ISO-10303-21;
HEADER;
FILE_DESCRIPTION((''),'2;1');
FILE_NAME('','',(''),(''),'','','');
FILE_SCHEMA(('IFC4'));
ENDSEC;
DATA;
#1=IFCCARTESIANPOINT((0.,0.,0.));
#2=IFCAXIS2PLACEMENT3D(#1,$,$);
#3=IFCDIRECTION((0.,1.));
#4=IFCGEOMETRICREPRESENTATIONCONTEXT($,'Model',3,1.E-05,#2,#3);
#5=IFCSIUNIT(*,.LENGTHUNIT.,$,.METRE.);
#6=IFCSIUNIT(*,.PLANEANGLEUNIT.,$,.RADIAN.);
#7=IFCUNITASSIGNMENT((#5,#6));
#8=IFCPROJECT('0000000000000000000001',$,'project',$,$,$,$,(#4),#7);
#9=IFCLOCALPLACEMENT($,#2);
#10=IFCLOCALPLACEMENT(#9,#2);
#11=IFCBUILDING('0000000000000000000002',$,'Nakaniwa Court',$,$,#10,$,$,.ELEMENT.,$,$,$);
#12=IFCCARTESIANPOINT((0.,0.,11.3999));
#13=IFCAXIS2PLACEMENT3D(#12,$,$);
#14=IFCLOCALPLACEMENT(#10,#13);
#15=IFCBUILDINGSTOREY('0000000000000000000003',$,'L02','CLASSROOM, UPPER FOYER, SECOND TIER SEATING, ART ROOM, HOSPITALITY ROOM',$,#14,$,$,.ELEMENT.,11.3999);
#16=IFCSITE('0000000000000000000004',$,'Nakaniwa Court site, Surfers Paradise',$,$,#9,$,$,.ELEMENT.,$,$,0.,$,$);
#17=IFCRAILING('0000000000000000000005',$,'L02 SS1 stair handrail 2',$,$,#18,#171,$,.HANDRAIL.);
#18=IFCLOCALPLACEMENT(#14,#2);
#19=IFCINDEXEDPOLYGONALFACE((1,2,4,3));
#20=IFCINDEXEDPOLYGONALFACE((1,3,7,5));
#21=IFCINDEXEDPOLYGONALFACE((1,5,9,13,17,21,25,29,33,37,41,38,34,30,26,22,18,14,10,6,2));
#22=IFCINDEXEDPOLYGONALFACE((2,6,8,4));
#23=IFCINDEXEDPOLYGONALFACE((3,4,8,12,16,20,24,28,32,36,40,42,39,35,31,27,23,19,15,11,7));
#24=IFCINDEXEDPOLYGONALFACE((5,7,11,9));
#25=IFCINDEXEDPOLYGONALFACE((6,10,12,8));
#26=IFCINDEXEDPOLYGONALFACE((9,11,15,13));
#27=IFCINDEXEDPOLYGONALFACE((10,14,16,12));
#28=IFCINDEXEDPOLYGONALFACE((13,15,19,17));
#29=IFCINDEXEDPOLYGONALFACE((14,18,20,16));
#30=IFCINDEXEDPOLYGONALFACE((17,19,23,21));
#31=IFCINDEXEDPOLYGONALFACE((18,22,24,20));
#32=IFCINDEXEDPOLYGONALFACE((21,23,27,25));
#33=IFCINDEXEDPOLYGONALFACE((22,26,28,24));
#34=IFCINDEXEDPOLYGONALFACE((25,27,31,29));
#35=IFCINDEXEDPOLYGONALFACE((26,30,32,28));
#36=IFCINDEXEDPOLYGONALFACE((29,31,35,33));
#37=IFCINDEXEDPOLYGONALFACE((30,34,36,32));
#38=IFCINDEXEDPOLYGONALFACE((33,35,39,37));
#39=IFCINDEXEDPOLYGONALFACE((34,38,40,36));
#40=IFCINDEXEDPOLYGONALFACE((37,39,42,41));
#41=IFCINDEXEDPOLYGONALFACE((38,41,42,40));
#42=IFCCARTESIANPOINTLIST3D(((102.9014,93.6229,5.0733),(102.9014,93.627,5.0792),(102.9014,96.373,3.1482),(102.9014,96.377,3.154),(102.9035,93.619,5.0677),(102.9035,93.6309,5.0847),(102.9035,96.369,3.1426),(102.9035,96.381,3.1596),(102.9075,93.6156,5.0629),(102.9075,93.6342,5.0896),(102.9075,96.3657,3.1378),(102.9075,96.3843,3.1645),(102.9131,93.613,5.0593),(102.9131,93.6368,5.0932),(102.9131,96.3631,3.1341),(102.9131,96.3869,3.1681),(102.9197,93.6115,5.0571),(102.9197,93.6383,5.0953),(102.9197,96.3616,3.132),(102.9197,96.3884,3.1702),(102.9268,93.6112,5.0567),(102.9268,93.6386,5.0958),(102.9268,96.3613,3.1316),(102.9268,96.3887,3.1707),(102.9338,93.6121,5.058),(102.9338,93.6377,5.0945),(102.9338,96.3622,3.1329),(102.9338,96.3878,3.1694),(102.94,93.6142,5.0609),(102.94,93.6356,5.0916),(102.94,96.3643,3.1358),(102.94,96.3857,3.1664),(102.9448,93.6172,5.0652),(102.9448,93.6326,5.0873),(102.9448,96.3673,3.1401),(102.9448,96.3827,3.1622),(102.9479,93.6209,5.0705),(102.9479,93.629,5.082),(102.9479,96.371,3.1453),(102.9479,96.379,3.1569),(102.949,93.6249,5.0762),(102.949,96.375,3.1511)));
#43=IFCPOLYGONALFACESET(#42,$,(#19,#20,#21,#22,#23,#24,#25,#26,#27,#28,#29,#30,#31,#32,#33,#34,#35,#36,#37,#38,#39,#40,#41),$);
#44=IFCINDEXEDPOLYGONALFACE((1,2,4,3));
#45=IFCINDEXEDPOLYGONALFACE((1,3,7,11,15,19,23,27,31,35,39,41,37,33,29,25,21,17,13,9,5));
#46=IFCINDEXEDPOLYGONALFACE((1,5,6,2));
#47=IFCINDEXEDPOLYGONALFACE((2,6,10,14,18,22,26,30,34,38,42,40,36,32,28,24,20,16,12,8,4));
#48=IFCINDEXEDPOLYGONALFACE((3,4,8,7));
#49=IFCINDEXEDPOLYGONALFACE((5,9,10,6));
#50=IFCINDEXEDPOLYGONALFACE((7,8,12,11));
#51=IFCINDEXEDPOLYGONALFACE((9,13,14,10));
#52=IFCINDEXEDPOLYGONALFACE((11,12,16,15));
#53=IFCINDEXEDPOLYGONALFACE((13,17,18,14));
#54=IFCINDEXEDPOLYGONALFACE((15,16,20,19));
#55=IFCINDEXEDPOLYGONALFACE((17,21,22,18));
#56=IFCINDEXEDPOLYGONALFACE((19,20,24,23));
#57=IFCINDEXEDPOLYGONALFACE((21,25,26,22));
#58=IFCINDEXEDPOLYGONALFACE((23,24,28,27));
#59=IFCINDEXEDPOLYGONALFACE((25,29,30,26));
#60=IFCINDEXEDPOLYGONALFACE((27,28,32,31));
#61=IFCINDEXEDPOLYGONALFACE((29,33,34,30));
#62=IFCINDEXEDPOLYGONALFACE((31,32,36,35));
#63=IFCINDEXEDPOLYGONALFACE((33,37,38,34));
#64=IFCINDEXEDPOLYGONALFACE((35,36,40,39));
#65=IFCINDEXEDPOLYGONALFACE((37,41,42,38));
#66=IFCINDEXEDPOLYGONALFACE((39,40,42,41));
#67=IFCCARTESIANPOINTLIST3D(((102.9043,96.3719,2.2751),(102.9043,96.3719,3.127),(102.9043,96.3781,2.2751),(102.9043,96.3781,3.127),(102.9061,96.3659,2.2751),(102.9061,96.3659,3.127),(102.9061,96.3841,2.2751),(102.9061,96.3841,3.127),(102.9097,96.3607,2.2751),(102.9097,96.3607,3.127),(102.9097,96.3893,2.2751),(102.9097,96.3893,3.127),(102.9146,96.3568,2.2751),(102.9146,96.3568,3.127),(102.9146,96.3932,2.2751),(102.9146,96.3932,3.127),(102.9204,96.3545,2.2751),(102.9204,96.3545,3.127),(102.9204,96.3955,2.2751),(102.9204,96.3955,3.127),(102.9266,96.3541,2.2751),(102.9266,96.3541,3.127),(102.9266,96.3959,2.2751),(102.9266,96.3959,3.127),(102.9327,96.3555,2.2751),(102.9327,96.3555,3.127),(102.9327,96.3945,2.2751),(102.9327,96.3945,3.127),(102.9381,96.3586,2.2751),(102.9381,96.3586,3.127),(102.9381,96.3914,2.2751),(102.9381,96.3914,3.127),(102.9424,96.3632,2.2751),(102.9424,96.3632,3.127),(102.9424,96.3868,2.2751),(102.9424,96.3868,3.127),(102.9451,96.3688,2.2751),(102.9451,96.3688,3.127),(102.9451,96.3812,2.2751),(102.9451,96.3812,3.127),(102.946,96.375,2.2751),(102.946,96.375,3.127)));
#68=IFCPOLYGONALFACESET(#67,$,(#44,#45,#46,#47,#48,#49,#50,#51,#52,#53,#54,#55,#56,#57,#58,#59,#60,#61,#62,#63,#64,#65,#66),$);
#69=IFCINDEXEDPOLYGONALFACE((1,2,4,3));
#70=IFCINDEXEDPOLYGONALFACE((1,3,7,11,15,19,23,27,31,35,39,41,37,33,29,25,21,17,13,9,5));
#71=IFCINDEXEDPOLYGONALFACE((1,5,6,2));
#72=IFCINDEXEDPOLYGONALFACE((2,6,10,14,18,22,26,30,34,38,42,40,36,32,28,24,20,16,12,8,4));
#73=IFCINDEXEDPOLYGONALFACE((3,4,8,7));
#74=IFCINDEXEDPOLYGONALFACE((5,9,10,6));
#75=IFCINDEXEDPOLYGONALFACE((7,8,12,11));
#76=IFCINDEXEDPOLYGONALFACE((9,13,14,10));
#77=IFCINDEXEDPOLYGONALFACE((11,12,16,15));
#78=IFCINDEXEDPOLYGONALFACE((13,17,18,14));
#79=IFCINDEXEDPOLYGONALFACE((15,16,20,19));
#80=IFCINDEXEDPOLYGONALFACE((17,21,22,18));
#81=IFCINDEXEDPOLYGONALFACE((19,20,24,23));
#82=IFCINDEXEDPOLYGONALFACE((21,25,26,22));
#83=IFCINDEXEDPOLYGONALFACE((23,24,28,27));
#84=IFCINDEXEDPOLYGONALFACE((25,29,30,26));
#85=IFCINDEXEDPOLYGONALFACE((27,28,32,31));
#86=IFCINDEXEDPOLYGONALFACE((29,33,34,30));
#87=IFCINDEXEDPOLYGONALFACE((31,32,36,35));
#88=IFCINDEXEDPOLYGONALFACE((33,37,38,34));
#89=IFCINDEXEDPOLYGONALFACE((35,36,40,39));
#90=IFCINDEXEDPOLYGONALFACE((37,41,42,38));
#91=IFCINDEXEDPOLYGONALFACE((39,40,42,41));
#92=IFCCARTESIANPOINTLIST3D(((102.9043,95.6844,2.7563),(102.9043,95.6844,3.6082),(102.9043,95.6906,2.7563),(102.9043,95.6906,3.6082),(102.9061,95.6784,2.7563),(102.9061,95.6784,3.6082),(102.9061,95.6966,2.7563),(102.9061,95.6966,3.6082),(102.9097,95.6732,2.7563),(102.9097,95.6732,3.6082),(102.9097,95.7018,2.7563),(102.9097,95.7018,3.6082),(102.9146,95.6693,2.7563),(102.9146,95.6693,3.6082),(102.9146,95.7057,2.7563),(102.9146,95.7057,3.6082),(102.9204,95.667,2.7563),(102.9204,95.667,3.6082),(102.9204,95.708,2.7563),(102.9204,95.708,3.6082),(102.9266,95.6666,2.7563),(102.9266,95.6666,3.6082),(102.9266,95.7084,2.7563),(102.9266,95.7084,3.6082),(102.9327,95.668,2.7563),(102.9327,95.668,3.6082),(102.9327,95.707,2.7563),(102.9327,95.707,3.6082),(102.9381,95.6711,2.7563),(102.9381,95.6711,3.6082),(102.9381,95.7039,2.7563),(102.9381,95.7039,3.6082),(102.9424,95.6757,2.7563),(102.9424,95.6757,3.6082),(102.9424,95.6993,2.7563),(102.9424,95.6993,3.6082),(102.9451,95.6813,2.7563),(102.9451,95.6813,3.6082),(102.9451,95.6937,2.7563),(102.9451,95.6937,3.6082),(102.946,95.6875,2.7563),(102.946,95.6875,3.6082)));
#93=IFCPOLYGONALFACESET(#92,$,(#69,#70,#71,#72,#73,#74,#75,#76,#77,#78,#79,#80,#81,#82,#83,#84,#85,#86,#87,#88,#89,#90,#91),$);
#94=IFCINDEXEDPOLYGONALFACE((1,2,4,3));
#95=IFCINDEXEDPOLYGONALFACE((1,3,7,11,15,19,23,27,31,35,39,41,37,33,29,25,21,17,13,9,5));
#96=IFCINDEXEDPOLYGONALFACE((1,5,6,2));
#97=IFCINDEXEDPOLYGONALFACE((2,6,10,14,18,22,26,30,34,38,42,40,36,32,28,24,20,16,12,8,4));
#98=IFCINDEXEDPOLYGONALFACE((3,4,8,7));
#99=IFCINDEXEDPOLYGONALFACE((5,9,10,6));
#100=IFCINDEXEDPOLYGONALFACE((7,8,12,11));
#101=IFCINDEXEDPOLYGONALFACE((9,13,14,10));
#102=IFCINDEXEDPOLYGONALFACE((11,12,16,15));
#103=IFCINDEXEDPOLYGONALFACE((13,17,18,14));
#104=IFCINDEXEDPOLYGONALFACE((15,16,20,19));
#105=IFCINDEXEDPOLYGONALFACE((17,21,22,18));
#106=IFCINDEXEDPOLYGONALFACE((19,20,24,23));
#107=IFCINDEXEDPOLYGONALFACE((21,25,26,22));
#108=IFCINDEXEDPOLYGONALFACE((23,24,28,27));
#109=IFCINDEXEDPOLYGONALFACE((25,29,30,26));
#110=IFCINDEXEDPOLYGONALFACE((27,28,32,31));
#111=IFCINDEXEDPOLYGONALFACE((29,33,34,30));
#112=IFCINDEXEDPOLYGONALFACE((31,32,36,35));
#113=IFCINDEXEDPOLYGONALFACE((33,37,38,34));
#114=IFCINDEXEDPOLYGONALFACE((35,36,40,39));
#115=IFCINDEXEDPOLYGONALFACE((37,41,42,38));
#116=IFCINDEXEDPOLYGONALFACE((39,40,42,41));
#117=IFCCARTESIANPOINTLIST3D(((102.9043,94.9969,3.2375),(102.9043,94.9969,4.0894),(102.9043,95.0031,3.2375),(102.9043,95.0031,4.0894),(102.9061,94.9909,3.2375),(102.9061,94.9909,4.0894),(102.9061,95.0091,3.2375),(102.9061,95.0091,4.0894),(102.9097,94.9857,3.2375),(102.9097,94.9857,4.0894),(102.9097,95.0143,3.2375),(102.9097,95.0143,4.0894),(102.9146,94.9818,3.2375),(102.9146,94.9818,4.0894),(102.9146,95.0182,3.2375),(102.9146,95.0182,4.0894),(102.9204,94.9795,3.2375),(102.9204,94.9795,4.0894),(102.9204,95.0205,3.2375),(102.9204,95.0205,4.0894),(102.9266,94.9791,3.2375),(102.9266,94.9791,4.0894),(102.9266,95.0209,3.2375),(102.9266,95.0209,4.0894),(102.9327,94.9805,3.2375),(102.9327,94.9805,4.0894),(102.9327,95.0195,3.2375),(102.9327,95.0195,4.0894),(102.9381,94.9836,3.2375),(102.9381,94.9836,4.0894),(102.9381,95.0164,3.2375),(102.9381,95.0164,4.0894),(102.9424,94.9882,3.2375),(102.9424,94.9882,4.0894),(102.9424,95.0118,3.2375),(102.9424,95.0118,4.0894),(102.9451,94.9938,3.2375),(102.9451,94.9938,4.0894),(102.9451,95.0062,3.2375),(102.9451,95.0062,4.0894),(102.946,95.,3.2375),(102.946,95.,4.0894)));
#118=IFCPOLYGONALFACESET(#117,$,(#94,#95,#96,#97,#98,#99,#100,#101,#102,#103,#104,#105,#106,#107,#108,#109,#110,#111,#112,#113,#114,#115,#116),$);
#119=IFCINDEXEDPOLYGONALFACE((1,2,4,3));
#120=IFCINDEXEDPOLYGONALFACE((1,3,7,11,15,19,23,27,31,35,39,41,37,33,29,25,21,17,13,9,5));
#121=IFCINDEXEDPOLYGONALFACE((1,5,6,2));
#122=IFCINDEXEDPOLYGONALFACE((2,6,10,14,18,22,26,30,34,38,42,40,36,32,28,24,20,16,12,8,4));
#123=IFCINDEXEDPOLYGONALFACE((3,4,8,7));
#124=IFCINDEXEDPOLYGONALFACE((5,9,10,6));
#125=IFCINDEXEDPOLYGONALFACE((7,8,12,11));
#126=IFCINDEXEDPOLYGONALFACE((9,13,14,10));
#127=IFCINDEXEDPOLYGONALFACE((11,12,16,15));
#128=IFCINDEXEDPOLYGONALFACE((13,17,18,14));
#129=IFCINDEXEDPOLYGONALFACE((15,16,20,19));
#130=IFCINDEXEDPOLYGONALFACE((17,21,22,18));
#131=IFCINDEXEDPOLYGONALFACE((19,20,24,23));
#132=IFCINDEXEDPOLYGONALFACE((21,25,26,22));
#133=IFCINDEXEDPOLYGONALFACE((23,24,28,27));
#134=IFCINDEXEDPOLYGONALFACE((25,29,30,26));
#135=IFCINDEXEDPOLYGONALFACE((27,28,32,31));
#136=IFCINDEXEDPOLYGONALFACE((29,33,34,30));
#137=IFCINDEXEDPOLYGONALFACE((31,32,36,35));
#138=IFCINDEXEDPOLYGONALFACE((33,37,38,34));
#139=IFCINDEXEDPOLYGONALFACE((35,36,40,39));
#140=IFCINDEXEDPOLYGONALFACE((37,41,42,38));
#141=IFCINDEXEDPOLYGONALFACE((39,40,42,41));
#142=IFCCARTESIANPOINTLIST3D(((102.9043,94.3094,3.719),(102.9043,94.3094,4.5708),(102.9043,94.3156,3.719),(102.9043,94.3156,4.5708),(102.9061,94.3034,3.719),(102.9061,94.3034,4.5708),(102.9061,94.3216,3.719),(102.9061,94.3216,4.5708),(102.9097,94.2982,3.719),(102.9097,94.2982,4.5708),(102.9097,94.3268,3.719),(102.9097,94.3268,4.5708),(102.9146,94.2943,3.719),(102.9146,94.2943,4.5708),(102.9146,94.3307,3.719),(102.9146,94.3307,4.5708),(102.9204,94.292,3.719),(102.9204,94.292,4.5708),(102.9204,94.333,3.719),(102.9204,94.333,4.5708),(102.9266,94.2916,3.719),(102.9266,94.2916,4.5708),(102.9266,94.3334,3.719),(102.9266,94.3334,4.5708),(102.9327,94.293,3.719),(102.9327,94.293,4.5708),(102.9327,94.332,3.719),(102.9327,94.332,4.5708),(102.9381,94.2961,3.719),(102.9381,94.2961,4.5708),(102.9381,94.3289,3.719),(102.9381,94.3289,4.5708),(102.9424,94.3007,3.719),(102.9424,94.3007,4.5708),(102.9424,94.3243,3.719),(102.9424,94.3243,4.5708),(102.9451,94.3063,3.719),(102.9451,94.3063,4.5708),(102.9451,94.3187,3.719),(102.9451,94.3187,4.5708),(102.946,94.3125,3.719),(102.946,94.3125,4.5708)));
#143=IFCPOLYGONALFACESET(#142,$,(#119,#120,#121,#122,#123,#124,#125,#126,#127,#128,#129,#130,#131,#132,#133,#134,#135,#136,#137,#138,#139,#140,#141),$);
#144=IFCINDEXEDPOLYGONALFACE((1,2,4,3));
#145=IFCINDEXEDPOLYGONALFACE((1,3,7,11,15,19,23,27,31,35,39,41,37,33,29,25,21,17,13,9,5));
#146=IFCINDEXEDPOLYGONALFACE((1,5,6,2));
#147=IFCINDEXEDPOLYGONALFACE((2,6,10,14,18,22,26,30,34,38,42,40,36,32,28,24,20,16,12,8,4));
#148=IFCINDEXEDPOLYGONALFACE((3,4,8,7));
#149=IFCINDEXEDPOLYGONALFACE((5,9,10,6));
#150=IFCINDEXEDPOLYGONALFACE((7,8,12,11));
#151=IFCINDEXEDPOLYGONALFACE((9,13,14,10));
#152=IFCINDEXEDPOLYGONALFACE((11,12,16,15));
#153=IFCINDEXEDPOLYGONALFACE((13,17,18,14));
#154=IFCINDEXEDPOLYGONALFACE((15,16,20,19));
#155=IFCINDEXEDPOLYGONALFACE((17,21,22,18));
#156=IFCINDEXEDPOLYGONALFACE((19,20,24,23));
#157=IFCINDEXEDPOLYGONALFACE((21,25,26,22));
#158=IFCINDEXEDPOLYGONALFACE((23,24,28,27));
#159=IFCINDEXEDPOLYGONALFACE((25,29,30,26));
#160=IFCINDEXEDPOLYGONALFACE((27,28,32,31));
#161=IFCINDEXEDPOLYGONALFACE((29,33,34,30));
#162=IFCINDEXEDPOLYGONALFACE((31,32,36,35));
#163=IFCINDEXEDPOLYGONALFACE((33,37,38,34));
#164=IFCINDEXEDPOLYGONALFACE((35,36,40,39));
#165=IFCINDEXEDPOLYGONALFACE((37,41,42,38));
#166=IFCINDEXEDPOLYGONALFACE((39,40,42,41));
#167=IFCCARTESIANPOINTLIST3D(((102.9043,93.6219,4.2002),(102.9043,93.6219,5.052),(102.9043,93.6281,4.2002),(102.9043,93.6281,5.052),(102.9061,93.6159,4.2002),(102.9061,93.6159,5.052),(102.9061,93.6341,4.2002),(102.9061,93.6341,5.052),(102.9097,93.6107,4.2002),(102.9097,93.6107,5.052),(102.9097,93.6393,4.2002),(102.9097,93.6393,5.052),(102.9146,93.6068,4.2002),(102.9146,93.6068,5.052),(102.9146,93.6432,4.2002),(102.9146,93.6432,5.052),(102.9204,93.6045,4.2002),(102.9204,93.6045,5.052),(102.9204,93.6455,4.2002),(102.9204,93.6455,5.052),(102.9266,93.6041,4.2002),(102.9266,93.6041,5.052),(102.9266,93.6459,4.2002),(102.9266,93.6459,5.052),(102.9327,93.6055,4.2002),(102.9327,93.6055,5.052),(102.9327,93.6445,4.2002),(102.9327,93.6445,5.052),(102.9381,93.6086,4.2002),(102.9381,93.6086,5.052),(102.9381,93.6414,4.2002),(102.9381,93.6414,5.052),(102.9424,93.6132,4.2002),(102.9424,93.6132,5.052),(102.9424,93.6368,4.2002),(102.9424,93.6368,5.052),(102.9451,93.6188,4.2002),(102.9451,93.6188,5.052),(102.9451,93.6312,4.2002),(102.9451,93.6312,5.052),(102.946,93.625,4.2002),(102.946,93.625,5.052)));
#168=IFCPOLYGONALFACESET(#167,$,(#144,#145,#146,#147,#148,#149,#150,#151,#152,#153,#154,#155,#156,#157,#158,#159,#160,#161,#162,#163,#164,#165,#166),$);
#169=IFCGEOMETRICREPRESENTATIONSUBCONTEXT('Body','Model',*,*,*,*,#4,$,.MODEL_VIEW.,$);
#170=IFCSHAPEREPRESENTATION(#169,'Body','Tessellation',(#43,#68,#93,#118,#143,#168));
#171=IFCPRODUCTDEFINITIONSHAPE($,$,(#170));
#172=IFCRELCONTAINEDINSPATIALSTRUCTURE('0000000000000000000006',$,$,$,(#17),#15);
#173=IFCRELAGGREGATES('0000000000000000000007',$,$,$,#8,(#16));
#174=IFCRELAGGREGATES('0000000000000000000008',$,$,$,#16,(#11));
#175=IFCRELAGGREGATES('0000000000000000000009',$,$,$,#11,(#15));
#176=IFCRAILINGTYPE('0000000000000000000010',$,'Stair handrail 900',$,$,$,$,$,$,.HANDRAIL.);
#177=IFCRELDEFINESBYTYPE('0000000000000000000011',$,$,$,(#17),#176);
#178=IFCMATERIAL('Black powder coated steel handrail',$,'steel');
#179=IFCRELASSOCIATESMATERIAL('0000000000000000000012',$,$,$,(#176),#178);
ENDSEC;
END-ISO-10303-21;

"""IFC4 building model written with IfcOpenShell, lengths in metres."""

from ifc_helpers import new_model, si_unit, direction, frame, origin, origin_2d, place, context, subcontext, project, spatial, circle, extrude, material, type_object, element, save


model = new_model("IFC4")

# Units and contexts
model_context = context("Model", 3, precision=1e-05, world=origin(), true_north=direction((0.0, 1.0)))
body_context = subcontext(model_context, "Body", "Model", "MODEL_VIEW")
ifc_project = project(units=[si_unit("LENGTHUNIT", "METRE"), si_unit("PLANEANGLEUNIT", "RADIAN")], contexts=[model_context])

# Site, building, storey
site_placement = place(None, origin())
site = spatial("IfcSite", under=ifc_project, at=site_placement, Name="Nakaniwa Court site, Surfers Paradise", CompositionType="ELEMENT", RefElevation=0.0)
building_placement = place(site_placement, origin())
building = spatial("IfcBuilding", under=site, at=building_placement, Name="Nakaniwa Court", CompositionType="ELEMENT")
storey_placement = place(building_placement, frame((0.0, 0.0, 11.3999)))
storey = spatial("IfcBuildingStorey", under=building, at=storey_placement, Name="L02", Description="CLASSROOM, UPPER FOYER, SECOND TIER SEATING, ART ROOM, HOSPITALITY ROOM", CompositionType="ELEMENT", Elevation=11.3999)

# Railing
ifc_material_1 = material(Name="Black powder coated steel handrail", Category="steel")
railing_type_1 = type_object("IfcRailingType", Name="Stair handrail 900", PredefinedType="HANDRAIL", material=ifc_material_1)
railing_1_placement = place(storey_placement, frame((102.925, 96.375, 2.2751)))
element("IfcRailing", 1, at=railing_1_placement, inside=storey, type_object=railing_type_1, Name="L02 SS1 stair handrail 2", PredefinedType="HANDRAIL", context=body_context, shape_type="SweptSolid", body=[
    extrude(circle(Radius=0.0239, at=origin_2d()), frame((0.0, 0.0, 0.876), z_axis=(0.0, -0.819225, 0.573472), x_axis=(1.0, 0.0, 0.0)), (0.0, 0.0, 1.0), 3.3569),
    extrude(circle(Radius=0.021, at=origin_2d()), origin(), (0.0, 0.0, 1.0), 0.8518),
    extrude(circle(Radius=0.021, at=origin_2d()), frame((0.0, -0.6875, 0.4812)), (0.0, 0.0, 1.0), 0.8518),
    extrude(circle(Radius=0.021, at=origin_2d()), frame((0.0, -1.375, 0.9624)), (0.0, 0.0, 1.0), 0.8518),
    extrude(circle(Radius=0.021, at=origin_2d()), frame((0.0, -2.0625, 1.4438)), (0.0, 0.0, 1.0), 0.8518),
    extrude(circle(Radius=0.021, at=origin_2d()), frame((0.0, -2.75, 1.925)), (0.0, 0.0, 1.0), 0.8518),
])

save(model, "model.ifc")
